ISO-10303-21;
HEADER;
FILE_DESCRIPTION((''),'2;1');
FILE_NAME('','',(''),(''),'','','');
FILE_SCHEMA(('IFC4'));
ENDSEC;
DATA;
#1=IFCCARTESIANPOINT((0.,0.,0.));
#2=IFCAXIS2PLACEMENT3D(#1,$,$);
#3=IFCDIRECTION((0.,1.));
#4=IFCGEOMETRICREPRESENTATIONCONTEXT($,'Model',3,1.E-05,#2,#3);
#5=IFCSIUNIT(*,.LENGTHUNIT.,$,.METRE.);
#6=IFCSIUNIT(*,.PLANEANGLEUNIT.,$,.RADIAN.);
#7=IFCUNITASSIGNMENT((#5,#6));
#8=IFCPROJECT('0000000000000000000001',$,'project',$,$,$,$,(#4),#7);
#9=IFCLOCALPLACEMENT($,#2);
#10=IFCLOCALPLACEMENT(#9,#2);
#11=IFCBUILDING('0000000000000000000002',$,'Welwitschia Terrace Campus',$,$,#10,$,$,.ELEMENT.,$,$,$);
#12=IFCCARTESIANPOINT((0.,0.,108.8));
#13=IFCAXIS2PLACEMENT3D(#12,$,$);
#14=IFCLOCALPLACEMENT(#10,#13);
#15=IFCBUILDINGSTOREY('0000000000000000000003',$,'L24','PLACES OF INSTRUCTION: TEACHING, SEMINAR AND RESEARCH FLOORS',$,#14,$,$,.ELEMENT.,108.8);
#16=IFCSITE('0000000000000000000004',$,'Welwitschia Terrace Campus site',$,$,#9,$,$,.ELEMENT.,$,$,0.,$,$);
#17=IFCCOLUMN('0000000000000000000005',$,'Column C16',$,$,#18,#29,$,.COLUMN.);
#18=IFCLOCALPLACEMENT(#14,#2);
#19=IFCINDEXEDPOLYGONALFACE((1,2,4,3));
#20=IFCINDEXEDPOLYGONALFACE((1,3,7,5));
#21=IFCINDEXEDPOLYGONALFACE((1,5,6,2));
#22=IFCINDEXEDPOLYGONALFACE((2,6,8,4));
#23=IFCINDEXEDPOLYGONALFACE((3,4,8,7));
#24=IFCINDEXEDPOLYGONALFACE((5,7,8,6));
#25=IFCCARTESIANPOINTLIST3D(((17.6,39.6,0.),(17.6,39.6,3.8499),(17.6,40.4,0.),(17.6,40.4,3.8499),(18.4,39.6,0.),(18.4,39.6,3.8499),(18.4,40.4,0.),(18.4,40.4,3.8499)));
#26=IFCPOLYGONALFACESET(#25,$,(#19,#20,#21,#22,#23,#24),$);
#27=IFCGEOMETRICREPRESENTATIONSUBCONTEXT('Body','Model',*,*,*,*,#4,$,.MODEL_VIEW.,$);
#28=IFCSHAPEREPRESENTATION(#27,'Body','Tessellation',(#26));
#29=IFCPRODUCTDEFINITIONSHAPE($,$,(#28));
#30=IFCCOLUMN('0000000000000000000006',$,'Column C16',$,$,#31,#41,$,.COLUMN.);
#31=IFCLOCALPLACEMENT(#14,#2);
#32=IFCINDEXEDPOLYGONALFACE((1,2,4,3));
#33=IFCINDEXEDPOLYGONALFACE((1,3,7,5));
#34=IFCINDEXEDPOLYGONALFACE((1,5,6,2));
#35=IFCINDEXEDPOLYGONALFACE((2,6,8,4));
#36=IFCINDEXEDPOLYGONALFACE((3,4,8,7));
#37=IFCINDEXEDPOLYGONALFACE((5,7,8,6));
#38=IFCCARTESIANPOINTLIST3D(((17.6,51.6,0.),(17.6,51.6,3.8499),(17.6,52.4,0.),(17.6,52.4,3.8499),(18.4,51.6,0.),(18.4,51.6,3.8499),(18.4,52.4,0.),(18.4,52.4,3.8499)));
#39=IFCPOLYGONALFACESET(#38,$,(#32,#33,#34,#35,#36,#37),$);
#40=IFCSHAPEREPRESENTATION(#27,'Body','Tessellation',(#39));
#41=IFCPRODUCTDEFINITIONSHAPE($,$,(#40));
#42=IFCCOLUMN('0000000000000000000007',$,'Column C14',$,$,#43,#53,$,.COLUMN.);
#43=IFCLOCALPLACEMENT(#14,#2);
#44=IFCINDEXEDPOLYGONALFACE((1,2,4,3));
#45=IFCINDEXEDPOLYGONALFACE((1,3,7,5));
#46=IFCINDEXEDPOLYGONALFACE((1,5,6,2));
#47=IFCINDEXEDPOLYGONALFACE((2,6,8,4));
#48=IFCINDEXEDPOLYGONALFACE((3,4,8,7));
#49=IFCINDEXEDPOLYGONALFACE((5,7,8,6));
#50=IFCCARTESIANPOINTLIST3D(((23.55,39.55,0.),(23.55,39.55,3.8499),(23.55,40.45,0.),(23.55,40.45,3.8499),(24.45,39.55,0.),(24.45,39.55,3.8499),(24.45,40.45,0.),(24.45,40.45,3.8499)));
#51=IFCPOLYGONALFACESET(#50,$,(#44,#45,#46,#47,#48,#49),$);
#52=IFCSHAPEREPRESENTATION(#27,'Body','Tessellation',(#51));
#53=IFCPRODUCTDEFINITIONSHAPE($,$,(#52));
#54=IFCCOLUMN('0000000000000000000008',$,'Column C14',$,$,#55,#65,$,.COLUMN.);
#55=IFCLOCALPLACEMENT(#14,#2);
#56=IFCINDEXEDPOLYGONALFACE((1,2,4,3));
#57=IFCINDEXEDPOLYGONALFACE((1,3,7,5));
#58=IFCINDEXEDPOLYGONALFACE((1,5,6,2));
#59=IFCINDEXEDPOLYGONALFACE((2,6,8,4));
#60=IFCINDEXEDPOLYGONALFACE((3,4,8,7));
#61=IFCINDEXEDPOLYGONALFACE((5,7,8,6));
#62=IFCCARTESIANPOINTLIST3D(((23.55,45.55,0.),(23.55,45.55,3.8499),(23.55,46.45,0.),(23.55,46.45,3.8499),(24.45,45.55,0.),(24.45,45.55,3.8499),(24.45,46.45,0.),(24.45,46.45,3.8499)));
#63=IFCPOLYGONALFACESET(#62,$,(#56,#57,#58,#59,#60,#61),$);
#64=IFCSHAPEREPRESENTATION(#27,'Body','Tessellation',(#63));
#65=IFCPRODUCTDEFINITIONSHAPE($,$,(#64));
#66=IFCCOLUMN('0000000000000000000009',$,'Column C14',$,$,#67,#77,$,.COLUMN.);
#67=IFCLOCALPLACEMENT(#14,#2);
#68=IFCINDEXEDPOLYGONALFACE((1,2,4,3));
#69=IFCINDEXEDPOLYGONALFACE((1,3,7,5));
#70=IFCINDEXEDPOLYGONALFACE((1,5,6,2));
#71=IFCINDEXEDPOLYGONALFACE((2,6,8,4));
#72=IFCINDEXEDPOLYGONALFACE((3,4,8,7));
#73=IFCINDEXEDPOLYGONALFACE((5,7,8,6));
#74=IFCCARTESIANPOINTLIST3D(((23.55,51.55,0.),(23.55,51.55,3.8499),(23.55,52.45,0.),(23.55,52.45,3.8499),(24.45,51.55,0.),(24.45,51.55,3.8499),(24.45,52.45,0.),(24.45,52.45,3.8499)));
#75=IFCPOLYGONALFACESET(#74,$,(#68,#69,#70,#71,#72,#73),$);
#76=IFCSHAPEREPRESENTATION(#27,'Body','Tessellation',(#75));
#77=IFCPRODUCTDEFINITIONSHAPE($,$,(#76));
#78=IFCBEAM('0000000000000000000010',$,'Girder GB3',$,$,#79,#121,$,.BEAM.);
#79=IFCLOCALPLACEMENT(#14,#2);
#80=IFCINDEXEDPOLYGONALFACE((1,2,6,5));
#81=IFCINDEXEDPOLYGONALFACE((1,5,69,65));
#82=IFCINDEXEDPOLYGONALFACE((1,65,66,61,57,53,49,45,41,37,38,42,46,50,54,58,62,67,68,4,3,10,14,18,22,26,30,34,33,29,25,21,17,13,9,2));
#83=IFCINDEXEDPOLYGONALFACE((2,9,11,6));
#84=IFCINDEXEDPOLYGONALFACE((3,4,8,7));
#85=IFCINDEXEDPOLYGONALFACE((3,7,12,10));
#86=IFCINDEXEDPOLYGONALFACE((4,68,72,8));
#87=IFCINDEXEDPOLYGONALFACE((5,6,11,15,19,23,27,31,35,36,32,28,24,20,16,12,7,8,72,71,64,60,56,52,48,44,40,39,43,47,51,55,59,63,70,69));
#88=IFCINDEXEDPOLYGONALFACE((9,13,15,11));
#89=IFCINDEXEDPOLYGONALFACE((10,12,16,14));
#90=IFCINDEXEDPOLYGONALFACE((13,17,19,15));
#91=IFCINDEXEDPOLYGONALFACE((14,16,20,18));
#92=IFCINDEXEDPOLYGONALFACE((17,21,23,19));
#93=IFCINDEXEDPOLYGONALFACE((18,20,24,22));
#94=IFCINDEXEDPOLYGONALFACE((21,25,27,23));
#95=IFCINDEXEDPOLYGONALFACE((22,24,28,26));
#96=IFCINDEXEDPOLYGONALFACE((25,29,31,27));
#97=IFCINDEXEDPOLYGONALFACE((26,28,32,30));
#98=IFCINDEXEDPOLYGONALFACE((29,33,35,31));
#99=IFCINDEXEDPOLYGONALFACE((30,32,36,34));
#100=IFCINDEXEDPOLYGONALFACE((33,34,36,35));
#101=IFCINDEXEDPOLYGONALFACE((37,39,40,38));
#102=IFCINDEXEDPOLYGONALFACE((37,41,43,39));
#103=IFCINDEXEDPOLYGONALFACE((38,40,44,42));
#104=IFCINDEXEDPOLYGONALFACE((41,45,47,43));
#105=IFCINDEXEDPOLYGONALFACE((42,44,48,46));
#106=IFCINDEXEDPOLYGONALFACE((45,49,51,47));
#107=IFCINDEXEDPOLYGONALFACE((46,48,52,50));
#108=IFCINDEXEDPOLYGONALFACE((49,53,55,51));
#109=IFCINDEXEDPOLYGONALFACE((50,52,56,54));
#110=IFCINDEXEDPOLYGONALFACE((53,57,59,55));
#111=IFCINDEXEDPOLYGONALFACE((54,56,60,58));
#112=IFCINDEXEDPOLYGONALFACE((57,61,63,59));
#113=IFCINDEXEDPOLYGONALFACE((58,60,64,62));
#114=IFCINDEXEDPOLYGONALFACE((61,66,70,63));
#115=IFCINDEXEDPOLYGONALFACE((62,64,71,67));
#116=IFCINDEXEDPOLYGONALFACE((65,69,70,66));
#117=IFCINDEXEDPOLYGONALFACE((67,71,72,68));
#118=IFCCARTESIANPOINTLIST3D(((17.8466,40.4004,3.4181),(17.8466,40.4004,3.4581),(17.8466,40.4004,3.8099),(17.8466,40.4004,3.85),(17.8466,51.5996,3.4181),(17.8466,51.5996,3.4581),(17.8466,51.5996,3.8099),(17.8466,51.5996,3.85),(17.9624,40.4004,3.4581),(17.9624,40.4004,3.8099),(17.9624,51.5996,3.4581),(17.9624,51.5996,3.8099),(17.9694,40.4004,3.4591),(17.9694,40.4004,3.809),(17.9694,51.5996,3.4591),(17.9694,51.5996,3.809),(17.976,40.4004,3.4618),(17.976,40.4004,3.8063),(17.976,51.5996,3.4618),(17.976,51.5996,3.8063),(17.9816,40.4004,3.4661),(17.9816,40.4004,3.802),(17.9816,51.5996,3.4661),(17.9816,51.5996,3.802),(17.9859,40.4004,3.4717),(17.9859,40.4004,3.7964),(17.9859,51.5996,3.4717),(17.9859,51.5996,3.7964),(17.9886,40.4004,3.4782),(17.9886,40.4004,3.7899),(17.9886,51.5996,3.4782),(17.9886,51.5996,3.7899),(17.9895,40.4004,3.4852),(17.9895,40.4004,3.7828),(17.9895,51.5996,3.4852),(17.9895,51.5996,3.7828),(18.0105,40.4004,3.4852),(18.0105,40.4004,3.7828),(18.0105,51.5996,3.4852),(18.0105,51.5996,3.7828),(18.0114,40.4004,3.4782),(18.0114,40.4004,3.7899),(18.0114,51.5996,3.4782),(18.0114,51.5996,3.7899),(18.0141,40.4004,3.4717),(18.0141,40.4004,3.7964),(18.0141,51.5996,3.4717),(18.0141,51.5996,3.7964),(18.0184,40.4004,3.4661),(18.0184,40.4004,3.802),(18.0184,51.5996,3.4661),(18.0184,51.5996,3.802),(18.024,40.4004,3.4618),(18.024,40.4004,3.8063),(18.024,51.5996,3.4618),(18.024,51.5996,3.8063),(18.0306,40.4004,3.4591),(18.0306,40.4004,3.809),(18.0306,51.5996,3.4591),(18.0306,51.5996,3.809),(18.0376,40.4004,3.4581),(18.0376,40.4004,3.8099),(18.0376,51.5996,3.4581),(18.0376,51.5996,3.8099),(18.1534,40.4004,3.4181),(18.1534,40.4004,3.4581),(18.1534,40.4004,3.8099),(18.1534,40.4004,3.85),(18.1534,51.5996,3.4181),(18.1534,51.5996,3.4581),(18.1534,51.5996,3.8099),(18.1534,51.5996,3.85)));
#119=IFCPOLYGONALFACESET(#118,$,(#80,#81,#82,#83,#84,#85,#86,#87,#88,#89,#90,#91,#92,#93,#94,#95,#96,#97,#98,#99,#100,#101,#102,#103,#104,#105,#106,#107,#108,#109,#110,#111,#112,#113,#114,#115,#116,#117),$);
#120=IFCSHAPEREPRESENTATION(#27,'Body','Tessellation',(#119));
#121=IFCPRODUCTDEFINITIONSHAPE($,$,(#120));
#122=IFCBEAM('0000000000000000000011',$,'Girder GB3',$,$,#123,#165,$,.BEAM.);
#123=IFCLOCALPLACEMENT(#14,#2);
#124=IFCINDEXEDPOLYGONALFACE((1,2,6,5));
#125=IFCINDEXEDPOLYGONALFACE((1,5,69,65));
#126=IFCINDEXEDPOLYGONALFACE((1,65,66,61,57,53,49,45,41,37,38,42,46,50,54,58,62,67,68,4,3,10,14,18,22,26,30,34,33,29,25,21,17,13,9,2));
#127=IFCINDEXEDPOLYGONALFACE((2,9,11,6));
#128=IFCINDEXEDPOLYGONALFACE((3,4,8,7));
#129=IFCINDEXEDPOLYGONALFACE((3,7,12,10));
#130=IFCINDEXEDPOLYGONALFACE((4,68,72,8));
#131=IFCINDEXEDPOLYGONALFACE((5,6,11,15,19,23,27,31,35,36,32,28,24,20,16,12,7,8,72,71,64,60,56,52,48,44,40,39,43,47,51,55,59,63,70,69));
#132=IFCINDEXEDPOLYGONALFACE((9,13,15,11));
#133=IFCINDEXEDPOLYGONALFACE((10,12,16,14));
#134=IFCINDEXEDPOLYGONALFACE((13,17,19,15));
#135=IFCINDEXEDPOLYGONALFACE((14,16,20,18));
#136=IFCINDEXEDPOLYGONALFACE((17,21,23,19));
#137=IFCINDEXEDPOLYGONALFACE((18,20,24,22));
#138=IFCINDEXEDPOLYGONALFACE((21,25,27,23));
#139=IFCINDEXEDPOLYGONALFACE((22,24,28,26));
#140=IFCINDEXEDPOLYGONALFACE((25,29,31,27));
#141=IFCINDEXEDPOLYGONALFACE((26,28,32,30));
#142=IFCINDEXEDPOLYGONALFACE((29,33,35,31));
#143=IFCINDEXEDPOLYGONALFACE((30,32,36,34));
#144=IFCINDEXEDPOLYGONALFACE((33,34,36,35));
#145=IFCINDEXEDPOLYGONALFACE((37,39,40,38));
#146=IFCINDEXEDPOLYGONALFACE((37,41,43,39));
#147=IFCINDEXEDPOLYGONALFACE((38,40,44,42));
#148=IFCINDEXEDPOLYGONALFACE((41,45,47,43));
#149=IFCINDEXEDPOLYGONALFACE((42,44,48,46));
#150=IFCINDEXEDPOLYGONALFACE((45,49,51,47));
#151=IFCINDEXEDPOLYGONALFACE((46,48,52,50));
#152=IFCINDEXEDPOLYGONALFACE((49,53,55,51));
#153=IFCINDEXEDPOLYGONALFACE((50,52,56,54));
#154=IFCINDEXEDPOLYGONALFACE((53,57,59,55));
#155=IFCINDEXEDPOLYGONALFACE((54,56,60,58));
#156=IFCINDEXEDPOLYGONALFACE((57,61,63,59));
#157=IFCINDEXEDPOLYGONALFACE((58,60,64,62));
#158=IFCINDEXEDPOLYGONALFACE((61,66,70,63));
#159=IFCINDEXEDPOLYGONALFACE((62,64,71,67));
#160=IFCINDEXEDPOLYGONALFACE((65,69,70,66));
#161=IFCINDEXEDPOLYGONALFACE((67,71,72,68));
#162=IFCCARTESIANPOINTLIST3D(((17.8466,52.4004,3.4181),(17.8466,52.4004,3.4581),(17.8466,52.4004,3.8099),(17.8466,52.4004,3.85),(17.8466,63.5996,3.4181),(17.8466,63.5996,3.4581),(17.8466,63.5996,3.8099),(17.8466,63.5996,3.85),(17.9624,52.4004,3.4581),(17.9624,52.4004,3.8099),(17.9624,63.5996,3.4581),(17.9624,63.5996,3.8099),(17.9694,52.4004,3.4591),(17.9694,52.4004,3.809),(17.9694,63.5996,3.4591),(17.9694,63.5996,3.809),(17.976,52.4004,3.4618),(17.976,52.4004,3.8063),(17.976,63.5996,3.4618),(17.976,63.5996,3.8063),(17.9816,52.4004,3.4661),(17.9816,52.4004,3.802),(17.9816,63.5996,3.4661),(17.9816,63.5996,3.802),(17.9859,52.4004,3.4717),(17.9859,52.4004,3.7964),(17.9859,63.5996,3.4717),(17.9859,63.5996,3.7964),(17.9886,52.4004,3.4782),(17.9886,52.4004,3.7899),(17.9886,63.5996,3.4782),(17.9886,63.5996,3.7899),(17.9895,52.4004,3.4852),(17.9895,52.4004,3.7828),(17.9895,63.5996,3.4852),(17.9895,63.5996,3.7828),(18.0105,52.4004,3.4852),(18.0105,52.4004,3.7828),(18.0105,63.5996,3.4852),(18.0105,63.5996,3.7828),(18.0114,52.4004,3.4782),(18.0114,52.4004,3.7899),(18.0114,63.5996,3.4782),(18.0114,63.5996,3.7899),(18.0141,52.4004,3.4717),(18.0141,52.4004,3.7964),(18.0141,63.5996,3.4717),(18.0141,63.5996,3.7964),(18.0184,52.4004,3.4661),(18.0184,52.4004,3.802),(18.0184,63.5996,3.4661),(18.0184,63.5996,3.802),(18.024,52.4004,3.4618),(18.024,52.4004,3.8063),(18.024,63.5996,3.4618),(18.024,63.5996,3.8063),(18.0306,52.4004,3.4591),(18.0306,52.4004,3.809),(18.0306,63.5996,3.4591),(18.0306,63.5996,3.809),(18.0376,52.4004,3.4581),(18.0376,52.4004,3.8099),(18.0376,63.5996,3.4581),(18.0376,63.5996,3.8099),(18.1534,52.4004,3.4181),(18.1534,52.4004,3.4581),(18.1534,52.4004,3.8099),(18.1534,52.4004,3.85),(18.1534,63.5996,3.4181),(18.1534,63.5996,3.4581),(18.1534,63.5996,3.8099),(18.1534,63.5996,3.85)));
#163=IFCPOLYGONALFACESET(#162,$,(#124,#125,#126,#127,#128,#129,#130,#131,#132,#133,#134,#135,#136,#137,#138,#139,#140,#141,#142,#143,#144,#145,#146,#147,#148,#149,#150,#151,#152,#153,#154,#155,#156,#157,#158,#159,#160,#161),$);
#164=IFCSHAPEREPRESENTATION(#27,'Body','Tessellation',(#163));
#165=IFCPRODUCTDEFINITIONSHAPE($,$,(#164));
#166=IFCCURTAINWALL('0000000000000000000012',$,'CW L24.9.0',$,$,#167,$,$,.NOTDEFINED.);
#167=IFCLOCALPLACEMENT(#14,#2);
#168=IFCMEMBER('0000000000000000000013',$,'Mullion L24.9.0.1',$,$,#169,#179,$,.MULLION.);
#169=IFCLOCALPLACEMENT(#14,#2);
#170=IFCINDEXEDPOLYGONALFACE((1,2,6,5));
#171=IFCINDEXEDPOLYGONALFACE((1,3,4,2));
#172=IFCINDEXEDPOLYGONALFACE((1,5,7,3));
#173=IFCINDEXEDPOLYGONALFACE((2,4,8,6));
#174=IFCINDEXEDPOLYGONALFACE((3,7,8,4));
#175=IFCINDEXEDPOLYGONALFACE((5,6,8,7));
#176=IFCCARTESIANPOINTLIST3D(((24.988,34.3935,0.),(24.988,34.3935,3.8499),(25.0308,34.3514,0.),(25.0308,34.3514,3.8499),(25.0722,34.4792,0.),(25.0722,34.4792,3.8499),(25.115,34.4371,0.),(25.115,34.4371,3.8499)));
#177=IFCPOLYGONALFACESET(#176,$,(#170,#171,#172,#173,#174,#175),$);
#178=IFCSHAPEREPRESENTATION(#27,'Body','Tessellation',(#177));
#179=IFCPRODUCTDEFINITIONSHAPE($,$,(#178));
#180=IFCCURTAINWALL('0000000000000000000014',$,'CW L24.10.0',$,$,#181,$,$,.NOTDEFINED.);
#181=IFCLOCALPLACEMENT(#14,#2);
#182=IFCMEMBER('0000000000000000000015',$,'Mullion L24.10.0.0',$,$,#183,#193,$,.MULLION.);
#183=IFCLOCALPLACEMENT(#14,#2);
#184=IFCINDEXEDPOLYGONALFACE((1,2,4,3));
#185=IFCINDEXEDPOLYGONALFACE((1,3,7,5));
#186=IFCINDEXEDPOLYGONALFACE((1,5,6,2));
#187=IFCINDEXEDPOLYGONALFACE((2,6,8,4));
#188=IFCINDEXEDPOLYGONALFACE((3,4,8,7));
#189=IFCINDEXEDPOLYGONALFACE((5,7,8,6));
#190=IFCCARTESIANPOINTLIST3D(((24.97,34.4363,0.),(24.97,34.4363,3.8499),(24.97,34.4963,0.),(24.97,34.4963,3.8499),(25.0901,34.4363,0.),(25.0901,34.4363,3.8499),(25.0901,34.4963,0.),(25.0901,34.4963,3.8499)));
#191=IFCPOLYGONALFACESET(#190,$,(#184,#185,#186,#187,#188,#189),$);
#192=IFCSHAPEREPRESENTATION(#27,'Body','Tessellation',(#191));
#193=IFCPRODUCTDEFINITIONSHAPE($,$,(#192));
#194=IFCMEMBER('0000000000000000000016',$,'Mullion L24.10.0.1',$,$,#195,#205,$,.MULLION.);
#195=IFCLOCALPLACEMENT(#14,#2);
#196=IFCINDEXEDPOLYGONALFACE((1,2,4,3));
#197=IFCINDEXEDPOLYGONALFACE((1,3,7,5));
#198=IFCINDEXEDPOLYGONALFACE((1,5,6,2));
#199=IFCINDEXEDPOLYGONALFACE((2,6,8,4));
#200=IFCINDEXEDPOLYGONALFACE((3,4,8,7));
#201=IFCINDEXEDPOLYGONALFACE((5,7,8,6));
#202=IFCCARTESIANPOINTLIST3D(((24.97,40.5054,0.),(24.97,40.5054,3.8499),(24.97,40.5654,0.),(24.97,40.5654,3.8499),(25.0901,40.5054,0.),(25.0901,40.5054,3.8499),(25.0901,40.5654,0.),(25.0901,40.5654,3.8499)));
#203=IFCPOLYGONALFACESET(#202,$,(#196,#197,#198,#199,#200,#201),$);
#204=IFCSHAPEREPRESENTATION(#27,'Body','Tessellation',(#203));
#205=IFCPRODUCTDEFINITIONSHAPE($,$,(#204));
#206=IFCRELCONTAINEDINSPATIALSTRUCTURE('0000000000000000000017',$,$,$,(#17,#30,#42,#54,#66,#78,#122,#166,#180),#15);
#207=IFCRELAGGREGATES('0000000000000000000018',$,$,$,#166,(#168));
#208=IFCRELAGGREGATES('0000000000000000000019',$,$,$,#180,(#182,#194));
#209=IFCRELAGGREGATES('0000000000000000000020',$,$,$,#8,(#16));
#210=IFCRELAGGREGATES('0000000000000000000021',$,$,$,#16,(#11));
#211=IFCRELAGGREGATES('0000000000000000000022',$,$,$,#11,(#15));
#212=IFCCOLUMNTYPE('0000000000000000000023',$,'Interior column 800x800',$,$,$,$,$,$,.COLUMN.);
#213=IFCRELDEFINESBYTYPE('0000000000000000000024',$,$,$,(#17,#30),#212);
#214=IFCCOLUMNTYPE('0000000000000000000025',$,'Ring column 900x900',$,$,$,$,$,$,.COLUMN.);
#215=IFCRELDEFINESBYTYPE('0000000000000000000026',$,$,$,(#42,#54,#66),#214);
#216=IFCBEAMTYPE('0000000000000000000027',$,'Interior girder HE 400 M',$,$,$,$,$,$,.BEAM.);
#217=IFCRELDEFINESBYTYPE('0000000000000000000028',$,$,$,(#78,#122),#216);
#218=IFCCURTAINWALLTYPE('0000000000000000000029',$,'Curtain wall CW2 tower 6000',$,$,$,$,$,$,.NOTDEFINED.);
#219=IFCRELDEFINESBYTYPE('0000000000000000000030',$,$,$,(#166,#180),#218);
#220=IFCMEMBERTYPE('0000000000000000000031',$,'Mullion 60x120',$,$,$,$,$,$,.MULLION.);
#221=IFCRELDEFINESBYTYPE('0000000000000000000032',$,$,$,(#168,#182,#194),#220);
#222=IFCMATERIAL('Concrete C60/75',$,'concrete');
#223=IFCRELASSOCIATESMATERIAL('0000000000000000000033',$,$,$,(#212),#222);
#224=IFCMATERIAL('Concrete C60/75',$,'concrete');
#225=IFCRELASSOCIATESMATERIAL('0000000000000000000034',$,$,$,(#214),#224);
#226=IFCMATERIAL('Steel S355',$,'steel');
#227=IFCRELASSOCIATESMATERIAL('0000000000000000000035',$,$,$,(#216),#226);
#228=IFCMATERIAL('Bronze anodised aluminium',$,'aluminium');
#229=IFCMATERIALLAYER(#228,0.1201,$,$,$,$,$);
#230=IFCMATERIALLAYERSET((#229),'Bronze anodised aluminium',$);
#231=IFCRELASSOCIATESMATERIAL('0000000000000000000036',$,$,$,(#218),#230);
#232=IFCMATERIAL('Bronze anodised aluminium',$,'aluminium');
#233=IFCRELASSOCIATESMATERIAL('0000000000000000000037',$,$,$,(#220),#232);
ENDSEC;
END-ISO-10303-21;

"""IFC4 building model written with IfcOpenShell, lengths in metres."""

from ifc_helpers import new_model, si_unit, direction, frame, origin, origin_2d, place, context, subcontext, project, spatial, rectangle, i_section, extrude, material, layer, layer_set, material_profile, profile_set, type_object, element, aggregate, save


model = new_model("IFC4")

# Units and contexts
model_context = context("Model", 3, precision=1e-05, world=origin(), true_north=direction((0.0, 1.0)))
body_context = subcontext(model_context, "Body", "Model", "MODEL_VIEW")
ifc_project = project(units=[si_unit("LENGTHUNIT", "METRE"), si_unit("PLANEANGLEUNIT", "RADIAN")], contexts=[model_context])

# Site, building, storey
site_placement = place(None, origin())
site = spatial("IfcSite", under=ifc_project, at=site_placement, Name="Welwitschia Terrace Campus site", CompositionType="ELEMENT", RefElevation=0.0)
building_placement = place(site_placement, origin())
building = spatial("IfcBuilding", under=site, at=building_placement, Name="Welwitschia Terrace Campus", CompositionType="ELEMENT")
storey_placement = place(building_placement, frame((0.0, 0.0, 108.8)))
storey = spatial("IfcBuildingStorey", under=building, at=storey_placement, Name="L24", Description="PLACES OF INSTRUCTION: TEACHING, SEMINAR AND RESEARCH FLOORS", CompositionType="ELEMENT", Elevation=108.8)

# Columns
ifc_material_1 = material(Name="Concrete C60/75", Category="concrete")
ifc_material_profile_1 = material_profile(ifc_material_1, rectangle(XDim=0.8, YDim=0.8, at=origin_2d()))
ifc_profile_set_1 = profile_set([ifc_material_profile_1], Name="Concrete C60/75")
column_type_1 = type_object("IfcColumnType", Name="Interior column 800x800", PredefinedType="COLUMN", material=ifc_profile_set_1)
for number, where, z_axis, x_axis, name in (
    (1, (18.0, 40.0, 0.0), (0.0, 0.0, 1.0), (1.0, 0.0, 0.0), "Column C16"),
    (2, (18.0, 52.0, 0.0), (0.0, 0.0, 1.0), (1.0, 0.0, 0.0), "Column C16"),
):
    element("IfcColumn", number, at=place(storey_placement, frame(where, z_axis=z_axis, x_axis=x_axis)), inside=storey, type_object=column_type_1, Name=name, PredefinedType="COLUMN", context=body_context, shape_type="SweptSolid", body=[
        extrude(rectangle(XDim=0.8, YDim=0.8, at=origin_2d()), origin(), (0.0, 0.0, 1.0), 3.8499),
    ])
ifc_material_2 = material(Name="Concrete C60/75", Category="concrete")
ifc_material_profile_2 = material_profile(ifc_material_2, rectangle(XDim=0.8999, YDim=0.8999, at=origin_2d()))
ifc_profile_set_2 = profile_set([ifc_material_profile_2], Name="Concrete C60/75")
column_type_2 = type_object("IfcColumnType", Name="Ring column 900x900", PredefinedType="COLUMN", material=ifc_profile_set_2)
for number, where, z_axis, x_axis, name in (
    (3, (24.0, 40.0, 0.0), (0.0, 0.0, 1.0), (1.0, 0.0, 0.0), "Column C14"),
    (4, (24.0, 46.0, 0.0), (0.0, 0.0, 1.0), (1.0, 0.0, 0.0), "Column C14"),
    (5, (24.0, 52.0, 0.0), (0.0, 0.0, 1.0), (1.0, 0.0, 0.0), "Column C14"),
):
    element("IfcColumn", number, at=place(storey_placement, frame(where, z_axis=z_axis, x_axis=x_axis)), inside=storey, type_object=column_type_2, Name=name, PredefinedType="COLUMN", context=body_context, shape_type="SweptSolid", body=[
        extrude(rectangle(XDim=0.8999, YDim=0.8999, at=origin_2d()), origin(), (0.0, 0.0, 1.0), 3.8499),
    ])

# Beams
ifc_material_3 = material(Name="Steel S355", Category="steel")
ifc_material_profile_3 = material_profile(ifc_material_3, i_section(OverallWidth=0.3069, OverallDepth=0.4319, WebThickness=0.021, FlangeThickness=0.04, FilletRadius=0.0271, at=origin_2d()))
ifc_profile_set_3 = profile_set([ifc_material_profile_3], Name="Steel S355")
beam_type_1 = type_object("IfcBeamType", Name="Interior girder HE 400 M", PredefinedType="BEAM", material=ifc_profile_set_3)
for number, where, z_axis, x_axis, name in (
    (6, (18.0, 40.4004, 3.634), (0.0, 1.0, 0.0), (-1.0, 0.0, 0.0), "Girder GB3"),
    (7, (18.0, 52.4004, 3.634), (0.0, 1.0, 0.0), (-1.0, 0.0, 0.0), "Girder GB3"),
):
    element("IfcBeam", number, at=place(storey_placement, frame(where, z_axis=z_axis, x_axis=x_axis)), inside=storey, type_object=beam_type_1, Name=name, PredefinedType="BEAM", context=body_context, shape_type="SweptSolid", body=[
        extrude(i_section(OverallWidth=0.3069, OverallDepth=0.4319, WebThickness=0.021, FlangeThickness=0.04, FilletRadius=0.0271, at=origin_2d()), origin(), (0.0, 0.0, 1.0), 11.1992),
    ])

# Curtain wall, member
ifc_material_4 = material(Name="Bronze anodised aluminium", Category="aluminium")
ifc_layer_1 = layer(ifc_material_4, 0.1201)
ifc_layer_set_1 = layer_set([ifc_layer_1], Name="Bronze anodised aluminium")
curtain_wall_type = type_object("IfcCurtainWallType", Name="Curtain wall CW2 tower 6000", PredefinedType="NOTDEFINED", material=ifc_layer_set_1)
curtain_wall_1_placement = place(storey_placement, origin())
curtain_wall_1 = element("IfcCurtainWall", 8, at=curtain_wall_1_placement, inside=storey, type_object=curtain_wall_type, Name="CW L24.9.0", PredefinedType="NOTDEFINED")
ifc_material_5 = material(Name="Bronze anodised aluminium", Category="aluminium")
ifc_material_profile_4 = material_profile(ifc_material_5, rectangle(XDim=0.1201, YDim=0.0601, at=origin_2d()))
ifc_profile_set_4 = profile_set([ifc_material_profile_4], Name="Bronze anodised aluminium")
member_type_1 = type_object("IfcMemberType", Name="Mullion 60x120", PredefinedType="MULLION", material=ifc_profile_set_4)
member_1_placement = place(storey_placement, frame((25.0515, 34.4153, 0.0), z_axis=(0.0, 0.0, 1.0), x_axis=(-0.700909, -0.71325, 0.0)))
member_1 = element("IfcMember", 9, at=member_1_placement, type_object=member_type_1, Name="Mullion L24.9.0.1", PredefinedType="MULLION", context=body_context, shape_type="SweptSolid", body=[
    extrude(rectangle(XDim=0.1201, YDim=0.0601, at=origin_2d()), origin(), (0.0, 0.0, 1.0), 3.8499),
])
aggregate(curtain_wall_1, [member_1])

# Curtain wall, members
curtain_wall_2_placement = place(storey_placement, origin())
curtain_wall_2 = element("IfcCurtainWall", 10, at=curtain_wall_2_placement, inside=storey, type_object=curtain_wall_type, Name="CW L24.10.0", PredefinedType="NOTDEFINED")
member_2_placement = place(storey_placement, frame((25.03, 34.4663, 0.0), z_axis=(0.0, 0.0, 1.0), x_axis=(-1.0, 0.0, 0.0)))
member_2 = element("IfcMember", 11, at=member_2_placement, type_object=member_type_1, Name="Mullion L24.10.0.0", PredefinedType="MULLION", context=body_context, shape_type="SweptSolid", body=[
    extrude(rectangle(XDim=0.1201, YDim=0.0601, at=origin_2d()), origin(), (0.0, 0.0, 1.0), 3.8499),
])
member_3_placement = place(storey_placement, frame((25.03, 40.5354, 0.0), z_axis=(0.0, 0.0, 1.0), x_axis=(-1.0, 0.0, 0.0)))
member_3 = element("IfcMember", 12, at=member_3_placement, type_object=member_type_1, Name="Mullion L24.10.0.1", PredefinedType="MULLION", context=body_context, shape_type="SweptSolid", body=[
    extrude(rectangle(XDim=0.1201, YDim=0.0601, at=origin_2d()), origin(), (0.0, 0.0, 1.0), 3.8499),
])

aggregate(curtain_wall_2, [member_2, member_3])

save(model, "model.ifc")
